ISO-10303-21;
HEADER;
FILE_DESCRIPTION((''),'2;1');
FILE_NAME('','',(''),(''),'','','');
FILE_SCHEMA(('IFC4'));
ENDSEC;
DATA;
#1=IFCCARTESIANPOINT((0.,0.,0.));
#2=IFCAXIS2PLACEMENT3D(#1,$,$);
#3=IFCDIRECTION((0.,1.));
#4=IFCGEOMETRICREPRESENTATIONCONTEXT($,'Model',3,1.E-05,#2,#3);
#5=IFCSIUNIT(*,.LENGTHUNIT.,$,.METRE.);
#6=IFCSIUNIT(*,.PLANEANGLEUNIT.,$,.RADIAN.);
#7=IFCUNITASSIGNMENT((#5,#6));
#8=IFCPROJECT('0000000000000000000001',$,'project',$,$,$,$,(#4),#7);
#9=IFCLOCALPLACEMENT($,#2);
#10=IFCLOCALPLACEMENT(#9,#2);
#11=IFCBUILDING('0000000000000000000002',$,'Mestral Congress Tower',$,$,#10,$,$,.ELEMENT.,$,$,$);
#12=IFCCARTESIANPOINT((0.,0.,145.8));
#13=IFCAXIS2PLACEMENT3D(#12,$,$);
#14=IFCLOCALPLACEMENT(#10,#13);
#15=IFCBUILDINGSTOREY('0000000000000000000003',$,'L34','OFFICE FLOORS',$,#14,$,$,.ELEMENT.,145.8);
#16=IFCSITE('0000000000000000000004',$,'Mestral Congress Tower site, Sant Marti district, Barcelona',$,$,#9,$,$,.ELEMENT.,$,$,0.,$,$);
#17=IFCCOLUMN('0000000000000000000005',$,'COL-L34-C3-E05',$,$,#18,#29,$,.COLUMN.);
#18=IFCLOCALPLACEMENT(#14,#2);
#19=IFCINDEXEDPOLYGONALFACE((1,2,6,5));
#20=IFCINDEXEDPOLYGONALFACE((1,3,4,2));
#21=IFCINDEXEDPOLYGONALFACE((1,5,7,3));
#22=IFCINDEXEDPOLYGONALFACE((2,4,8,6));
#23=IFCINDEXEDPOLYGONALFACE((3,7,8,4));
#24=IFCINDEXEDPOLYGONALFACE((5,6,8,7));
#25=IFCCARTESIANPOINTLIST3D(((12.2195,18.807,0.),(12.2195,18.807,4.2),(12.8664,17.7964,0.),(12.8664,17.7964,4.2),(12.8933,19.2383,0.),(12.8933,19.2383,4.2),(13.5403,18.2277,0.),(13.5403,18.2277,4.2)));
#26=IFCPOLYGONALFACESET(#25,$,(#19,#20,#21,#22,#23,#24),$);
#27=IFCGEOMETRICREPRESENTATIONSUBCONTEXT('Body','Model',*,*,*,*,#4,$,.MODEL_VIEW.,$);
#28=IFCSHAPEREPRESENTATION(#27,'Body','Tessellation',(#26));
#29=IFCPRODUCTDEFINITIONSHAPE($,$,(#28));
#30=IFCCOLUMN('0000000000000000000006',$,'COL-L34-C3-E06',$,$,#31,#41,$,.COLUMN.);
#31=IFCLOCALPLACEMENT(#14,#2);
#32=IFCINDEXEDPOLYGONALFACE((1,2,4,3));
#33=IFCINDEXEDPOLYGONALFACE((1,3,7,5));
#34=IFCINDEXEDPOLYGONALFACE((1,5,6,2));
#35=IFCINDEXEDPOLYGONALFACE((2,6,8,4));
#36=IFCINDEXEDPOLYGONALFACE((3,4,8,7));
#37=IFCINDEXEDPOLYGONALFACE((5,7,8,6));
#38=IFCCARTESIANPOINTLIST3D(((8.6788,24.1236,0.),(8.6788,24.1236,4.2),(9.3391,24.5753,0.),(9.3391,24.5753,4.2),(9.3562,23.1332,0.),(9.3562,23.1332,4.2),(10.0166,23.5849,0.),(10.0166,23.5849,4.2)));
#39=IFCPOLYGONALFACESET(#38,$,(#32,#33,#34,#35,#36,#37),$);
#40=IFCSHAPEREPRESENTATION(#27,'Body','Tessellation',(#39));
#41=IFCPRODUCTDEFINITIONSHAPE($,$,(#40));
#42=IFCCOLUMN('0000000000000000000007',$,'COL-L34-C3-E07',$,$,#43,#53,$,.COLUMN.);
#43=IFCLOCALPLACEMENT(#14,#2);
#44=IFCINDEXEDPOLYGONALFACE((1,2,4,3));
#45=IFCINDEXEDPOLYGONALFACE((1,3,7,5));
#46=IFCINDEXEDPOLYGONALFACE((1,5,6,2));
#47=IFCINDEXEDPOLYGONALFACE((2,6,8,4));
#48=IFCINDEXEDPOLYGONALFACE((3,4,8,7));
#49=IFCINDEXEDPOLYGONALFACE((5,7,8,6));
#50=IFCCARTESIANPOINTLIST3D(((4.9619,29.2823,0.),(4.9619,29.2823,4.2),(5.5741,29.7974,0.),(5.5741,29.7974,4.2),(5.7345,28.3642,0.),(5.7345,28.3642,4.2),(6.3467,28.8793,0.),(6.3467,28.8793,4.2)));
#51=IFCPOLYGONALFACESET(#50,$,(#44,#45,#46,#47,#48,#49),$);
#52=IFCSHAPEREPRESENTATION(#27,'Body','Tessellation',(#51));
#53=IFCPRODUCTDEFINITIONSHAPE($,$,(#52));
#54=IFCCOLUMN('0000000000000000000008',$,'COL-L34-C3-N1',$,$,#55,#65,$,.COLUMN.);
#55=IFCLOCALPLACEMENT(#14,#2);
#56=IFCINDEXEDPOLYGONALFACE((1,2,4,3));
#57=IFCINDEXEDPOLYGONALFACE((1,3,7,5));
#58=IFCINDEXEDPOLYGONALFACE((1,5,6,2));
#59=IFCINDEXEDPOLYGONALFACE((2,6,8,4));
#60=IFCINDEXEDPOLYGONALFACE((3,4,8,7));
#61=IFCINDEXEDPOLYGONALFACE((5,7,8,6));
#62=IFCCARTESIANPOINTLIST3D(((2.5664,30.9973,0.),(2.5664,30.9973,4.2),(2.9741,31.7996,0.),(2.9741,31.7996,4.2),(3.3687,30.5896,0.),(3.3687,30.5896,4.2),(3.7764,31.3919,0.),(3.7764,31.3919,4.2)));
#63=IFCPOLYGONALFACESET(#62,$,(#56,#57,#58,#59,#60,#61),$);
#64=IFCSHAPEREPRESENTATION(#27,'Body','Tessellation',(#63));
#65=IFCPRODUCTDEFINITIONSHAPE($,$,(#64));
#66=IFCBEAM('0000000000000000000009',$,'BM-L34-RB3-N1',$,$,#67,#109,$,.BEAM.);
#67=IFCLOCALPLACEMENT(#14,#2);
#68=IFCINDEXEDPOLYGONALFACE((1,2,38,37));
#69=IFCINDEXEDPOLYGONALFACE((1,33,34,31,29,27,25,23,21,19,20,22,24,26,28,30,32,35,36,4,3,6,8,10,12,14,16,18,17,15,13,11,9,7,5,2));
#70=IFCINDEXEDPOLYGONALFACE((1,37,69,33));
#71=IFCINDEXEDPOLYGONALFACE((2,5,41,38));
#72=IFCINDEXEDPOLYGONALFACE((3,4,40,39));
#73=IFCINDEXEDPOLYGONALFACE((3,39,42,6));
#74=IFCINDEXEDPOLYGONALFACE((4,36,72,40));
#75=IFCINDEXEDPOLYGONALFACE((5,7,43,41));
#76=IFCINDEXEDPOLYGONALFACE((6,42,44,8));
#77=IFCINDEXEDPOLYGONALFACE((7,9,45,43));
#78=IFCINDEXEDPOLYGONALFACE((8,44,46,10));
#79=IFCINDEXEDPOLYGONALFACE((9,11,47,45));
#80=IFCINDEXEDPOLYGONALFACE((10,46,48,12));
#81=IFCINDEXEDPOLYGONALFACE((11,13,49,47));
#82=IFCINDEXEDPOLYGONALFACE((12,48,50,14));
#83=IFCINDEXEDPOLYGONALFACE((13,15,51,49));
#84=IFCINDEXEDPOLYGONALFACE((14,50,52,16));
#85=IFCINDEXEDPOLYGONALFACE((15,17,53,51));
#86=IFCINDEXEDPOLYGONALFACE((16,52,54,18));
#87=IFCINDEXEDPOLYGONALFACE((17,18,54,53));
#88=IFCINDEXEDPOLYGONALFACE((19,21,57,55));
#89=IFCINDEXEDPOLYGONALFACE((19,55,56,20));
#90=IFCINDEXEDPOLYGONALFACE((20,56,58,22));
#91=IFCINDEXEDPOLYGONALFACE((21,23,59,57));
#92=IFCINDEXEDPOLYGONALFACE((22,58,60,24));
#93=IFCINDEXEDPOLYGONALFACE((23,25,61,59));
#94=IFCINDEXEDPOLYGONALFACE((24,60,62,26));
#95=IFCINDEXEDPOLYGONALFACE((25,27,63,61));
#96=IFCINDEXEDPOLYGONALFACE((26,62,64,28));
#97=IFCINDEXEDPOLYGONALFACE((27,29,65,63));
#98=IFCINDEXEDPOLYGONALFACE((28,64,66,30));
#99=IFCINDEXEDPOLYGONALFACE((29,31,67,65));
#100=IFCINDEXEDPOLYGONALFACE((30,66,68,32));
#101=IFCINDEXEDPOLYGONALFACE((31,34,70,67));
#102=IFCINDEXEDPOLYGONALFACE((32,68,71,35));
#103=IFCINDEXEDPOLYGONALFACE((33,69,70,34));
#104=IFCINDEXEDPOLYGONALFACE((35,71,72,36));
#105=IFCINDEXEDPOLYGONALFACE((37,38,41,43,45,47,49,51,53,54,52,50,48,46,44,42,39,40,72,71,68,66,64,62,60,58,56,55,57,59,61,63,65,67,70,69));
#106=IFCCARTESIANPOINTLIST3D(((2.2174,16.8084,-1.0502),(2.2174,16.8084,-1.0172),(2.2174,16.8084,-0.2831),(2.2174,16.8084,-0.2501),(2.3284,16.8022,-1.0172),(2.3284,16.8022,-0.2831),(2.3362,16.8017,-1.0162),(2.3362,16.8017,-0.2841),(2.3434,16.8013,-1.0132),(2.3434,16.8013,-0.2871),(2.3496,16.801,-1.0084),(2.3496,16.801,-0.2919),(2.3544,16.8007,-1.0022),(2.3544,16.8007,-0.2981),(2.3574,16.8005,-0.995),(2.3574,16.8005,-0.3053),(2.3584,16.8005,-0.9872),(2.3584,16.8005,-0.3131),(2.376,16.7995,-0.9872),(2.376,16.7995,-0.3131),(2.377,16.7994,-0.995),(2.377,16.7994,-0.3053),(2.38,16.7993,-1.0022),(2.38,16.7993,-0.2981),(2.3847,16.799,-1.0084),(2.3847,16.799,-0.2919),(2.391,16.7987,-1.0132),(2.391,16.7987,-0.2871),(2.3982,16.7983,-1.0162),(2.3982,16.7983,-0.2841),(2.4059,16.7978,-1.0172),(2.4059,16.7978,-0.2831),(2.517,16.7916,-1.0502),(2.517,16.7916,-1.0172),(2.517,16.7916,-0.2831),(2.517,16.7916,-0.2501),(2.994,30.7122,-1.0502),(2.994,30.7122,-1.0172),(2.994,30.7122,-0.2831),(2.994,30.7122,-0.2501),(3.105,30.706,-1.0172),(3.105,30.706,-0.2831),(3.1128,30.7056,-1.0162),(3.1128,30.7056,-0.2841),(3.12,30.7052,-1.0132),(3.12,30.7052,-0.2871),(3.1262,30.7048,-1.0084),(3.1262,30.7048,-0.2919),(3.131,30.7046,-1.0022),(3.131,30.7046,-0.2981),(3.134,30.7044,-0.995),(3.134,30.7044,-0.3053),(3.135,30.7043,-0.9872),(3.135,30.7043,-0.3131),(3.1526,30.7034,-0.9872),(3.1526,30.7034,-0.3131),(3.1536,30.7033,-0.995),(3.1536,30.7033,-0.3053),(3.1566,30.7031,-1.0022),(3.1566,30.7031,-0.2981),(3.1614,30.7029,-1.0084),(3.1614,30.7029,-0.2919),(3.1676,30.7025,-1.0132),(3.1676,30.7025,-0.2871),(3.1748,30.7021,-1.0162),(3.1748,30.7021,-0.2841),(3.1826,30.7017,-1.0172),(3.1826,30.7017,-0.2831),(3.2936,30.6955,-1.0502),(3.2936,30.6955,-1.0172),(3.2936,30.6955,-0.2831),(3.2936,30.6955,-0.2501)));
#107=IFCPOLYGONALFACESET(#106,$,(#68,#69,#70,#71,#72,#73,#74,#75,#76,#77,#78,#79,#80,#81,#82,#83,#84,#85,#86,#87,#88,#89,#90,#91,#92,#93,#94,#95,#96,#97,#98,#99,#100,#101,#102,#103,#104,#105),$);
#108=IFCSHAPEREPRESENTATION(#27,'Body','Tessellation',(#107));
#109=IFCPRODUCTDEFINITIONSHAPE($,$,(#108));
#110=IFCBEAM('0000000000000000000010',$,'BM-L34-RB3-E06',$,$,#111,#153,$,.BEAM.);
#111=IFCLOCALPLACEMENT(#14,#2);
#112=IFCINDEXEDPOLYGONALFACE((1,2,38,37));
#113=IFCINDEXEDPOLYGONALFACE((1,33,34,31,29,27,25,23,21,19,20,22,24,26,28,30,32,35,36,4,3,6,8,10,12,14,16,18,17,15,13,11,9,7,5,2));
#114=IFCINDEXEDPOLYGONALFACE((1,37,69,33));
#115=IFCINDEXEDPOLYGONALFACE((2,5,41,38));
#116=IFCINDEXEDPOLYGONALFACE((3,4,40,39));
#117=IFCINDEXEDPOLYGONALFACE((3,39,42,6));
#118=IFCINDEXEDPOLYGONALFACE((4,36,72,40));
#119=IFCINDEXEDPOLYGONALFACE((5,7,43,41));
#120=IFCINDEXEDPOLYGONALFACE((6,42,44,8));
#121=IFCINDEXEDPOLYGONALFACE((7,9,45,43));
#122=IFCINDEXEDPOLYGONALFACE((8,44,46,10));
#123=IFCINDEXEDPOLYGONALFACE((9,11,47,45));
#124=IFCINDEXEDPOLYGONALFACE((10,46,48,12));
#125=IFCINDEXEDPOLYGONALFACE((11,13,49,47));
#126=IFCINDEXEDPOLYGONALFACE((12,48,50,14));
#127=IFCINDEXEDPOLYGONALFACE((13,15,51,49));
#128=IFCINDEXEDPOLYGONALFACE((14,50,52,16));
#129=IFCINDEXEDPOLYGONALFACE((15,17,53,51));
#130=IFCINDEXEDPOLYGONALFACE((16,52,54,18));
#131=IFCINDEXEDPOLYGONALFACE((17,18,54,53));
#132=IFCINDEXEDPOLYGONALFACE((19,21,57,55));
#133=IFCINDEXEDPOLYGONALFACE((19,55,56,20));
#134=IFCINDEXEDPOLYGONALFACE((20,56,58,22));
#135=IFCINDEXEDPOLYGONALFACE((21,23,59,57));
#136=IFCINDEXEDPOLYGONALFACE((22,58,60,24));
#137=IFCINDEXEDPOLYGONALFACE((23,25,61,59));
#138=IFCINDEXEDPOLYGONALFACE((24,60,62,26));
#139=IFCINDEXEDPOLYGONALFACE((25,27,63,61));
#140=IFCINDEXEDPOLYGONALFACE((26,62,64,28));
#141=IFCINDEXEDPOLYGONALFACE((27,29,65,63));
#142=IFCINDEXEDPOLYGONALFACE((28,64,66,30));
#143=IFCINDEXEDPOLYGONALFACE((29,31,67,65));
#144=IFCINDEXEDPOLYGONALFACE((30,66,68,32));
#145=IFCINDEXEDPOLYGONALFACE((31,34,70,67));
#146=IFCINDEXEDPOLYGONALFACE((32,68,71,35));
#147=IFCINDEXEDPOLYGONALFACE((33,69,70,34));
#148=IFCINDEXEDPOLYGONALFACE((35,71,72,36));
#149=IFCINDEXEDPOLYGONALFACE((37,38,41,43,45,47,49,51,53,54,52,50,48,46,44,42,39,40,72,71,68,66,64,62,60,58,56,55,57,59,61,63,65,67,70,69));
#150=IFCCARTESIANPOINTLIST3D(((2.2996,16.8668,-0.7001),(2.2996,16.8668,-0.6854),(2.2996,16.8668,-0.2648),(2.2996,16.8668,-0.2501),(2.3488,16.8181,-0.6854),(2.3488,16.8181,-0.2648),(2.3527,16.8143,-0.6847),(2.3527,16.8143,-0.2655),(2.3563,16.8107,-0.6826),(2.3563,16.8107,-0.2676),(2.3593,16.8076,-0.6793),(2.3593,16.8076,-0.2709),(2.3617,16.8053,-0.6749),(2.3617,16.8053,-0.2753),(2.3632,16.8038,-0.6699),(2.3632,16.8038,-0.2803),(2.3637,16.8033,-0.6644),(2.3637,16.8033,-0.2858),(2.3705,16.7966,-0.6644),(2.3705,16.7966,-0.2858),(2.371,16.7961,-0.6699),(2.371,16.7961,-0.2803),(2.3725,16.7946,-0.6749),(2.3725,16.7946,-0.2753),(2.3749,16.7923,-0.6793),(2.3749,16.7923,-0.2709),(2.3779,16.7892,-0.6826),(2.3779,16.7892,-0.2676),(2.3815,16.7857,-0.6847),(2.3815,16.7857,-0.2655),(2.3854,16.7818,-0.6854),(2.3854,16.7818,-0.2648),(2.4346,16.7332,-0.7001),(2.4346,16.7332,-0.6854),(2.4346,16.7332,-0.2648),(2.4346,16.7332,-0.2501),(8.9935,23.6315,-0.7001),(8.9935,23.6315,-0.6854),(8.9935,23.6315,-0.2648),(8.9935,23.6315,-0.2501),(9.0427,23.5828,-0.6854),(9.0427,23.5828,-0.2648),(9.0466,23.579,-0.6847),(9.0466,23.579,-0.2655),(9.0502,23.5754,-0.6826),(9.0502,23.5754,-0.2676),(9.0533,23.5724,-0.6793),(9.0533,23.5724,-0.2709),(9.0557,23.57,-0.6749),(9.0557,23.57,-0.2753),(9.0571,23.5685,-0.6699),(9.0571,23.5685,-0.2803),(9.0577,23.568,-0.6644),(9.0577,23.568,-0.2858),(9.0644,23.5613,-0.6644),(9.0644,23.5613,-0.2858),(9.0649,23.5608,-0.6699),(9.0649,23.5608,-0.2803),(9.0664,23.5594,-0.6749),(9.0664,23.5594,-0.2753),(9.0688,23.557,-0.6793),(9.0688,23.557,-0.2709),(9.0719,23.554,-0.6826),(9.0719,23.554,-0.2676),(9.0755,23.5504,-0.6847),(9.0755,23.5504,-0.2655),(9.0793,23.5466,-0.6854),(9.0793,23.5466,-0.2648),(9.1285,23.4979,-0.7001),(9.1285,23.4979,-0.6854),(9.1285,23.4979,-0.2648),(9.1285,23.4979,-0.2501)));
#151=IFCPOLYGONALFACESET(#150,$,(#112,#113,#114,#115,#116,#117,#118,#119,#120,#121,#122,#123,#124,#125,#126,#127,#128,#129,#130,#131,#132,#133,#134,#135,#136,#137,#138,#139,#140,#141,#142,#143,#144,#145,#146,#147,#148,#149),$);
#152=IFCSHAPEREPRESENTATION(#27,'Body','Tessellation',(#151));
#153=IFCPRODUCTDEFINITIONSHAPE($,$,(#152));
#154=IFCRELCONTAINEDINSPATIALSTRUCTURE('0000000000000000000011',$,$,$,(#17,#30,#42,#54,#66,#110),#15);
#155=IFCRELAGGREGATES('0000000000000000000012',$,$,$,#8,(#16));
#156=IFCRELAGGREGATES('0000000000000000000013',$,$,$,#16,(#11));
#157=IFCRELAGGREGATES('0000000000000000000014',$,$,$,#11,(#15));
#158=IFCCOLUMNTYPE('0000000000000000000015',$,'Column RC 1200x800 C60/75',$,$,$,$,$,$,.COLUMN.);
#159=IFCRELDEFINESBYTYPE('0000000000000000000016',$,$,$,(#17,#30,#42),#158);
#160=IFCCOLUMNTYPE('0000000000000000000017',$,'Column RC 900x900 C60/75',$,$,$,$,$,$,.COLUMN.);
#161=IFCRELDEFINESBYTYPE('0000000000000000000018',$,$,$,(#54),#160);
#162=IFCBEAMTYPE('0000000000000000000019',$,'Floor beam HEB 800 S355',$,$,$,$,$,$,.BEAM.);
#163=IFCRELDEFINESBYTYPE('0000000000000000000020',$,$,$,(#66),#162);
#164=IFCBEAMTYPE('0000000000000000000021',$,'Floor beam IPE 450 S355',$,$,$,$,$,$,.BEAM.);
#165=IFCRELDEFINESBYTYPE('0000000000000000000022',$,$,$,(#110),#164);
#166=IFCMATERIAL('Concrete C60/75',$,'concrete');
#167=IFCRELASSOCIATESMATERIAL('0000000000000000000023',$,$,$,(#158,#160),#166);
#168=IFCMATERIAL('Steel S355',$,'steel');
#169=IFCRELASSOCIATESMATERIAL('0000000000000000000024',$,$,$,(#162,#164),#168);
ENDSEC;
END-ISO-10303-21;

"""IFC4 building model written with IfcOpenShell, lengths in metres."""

from ifc_helpers import new_model, si_unit, direction, frame, origin, origin_2d, place, context, subcontext, project, spatial, rectangle, i_section, extrude, material, material_profile, profile_set, type_object, element, save


model = new_model("IFC4")

# Units and contexts
model_context = context("Model", 3, precision=1e-05, world=origin(), true_north=direction((0.0, 1.0)))
body_context = subcontext(model_context, "Body", "Model", "MODEL_VIEW")
ifc_project = project(units=[si_unit("LENGTHUNIT", "METRE"), si_unit("PLANEANGLEUNIT", "RADIAN")], contexts=[model_context])

# Site, building, storey
site_placement = place(None, origin())
site = spatial("IfcSite", under=ifc_project, at=site_placement, Name="Mestral Congress Tower site, Sant Marti district, Barcelona", CompositionType="ELEMENT", RefElevation=0.0)
building_placement = place(site_placement, origin())
building = spatial("IfcBuilding", under=site, at=building_placement, Name="Mestral Congress Tower", CompositionType="ELEMENT")
storey_placement = place(building_placement, frame((0.0, 0.0, 145.8)))
storey = spatial("IfcBuildingStorey", under=building, at=storey_placement, Name="L34", Description="OFFICE FLOORS", CompositionType="ELEMENT", Elevation=145.8)

# Columns
ifc_material_1 = material(Name="Concrete C60/75", Category="concrete")
ifc_material_profile_1 = material_profile(ifc_material_1, rectangle(XDim=1.2, YDim=0.8, at=origin_2d()), Name="RC 1200x800")
ifc_profile_set_1 = profile_set([ifc_material_profile_1], Name="Concrete C60/75")
column_type_1 = type_object("IfcColumnType", Name="Column RC 1200x800 C60/75", PredefinedType="COLUMN", material=ifc_profile_set_1)
for number, where, z_axis, x_axis, name in (
    (1, (12.8799, 18.5173, 0.0), (0.0, 0.0, 1.0), (-0.539115, 0.842232, 0.0), "COL-L34-C3-E05"),
    (2, (9.3477, 23.8542, 0.0), (0.0, 0.0, 1.0), (-0.564568, 0.825387, 0.0), "COL-L34-C3-E06"),
    (3, (5.6543, 29.0808, 0.0), (0.0, 0.0, 1.0), (-0.643827, 0.765171, 0.0), "COL-L34-C3-E07"),
):
    element("IfcColumn", number, at=place(storey_placement, frame(where, z_axis=z_axis, x_axis=x_axis)), inside=storey, type_object=column_type_1, Name=name, PredefinedType="COLUMN", context=body_context, shape_type="SweptSolid", body=[
        extrude(rectangle(XDim=1.2, YDim=0.8, at=origin_2d()), origin(), (0.0, 0.0, 1.0), 4.2),
    ])
ifc_material_profile_2 = material_profile(ifc_material_1, rectangle(XDim=0.8999, YDim=0.8999, at=origin_2d()), Name="RC 900x900")
ifc_profile_set_2 = profile_set([ifc_material_profile_2], Name="Concrete C60/75")
column_type_2 = type_object("IfcColumnType", Name="Column RC 900x900 C60/75", PredefinedType="COLUMN", material=ifc_profile_set_2)
column_placement = place(storey_placement, frame((3.1714, 31.1946, 0.0), z_axis=(0.0, 0.0, 1.0), x_axis=(-0.891486, 0.453048, 0.0)))
element("IfcColumn", 4, at=column_placement, inside=storey, type_object=column_type_2, Name="COL-L34-C3-N1", PredefinedType="COLUMN", context=body_context, shape_type="SweptSolid", body=[
    extrude(rectangle(XDim=0.8999, YDim=0.8999, at=origin_2d()), origin(), (0.0, 0.0, 1.0), 4.2),
])

# Beams
ifc_material_2 = material(Name="Steel S355", Category="steel")
ifc_material_profile_3 = material_profile(ifc_material_2, i_section(OverallWidth=0.3, OverallDepth=0.8, WebThickness=0.0176, FlangeThickness=0.033, FilletRadius=0.03, at=origin_2d()), Name="HEB 800")
ifc_profile_set_3 = profile_set([ifc_material_profile_3], Name="Steel S355")
beam_type_1 = type_object("IfcBeamType", Name="Floor beam HEB 800 S355", PredefinedType="BEAM", material=ifc_profile_set_3)
beam_1_placement = place(storey_placement, frame((3.1438, 30.7039, -0.6501), z_axis=(-0.055769, -0.998444, 0.0), x_axis=(0.998444, -0.055769, 0.0)))
element("IfcBeam", 5, at=beam_1_placement, inside=storey, type_object=beam_type_1, Name="BM-L34-RB3-N1", PredefinedType="BEAM", context=body_context, shape_type="SweptSolid", body=[
    extrude(i_section(OverallWidth=0.3, OverallDepth=0.8, WebThickness=0.0176, FlangeThickness=0.033, FilletRadius=0.03, at=origin_2d()), origin(), (0.0, 0.0, 1.0), 13.9255),
])
ifc_material_profile_4 = material_profile(ifc_material_2, i_section(OverallWidth=0.1899, OverallDepth=0.45, WebThickness=0.0095, FlangeThickness=0.0146, FilletRadius=0.021, at=origin_2d()), Name="IPE 450")
ifc_profile_set_4 = profile_set([ifc_material_profile_4], Name="Steel S355")
beam_type_2 = type_object("IfcBeamType", Name="Floor beam IPE 450 S355", PredefinedType="BEAM", material=ifc_profile_set_4)
beam_2_placement = place(storey_placement, frame((9.061, 23.5647, -0.4751), z_axis=(-0.703377, -0.710817, 0.0), x_axis=(0.710817, -0.703377, 0.0)))
element("IfcBeam", 6, at=beam_2_placement, inside=storey, type_object=beam_type_2, Name="BM-L34-RB3-E06", PredefinedType="BEAM", context=body_context, shape_type="SweptSolid", body=[
    extrude(i_section(OverallWidth=0.1899, OverallDepth=0.45, WebThickness=0.0095, FlangeThickness=0.0146, FilletRadius=0.021, at=origin_2d()), origin(), (0.0, 0.0, 1.0), 9.5168),
])

save(model, "model.ifc")
